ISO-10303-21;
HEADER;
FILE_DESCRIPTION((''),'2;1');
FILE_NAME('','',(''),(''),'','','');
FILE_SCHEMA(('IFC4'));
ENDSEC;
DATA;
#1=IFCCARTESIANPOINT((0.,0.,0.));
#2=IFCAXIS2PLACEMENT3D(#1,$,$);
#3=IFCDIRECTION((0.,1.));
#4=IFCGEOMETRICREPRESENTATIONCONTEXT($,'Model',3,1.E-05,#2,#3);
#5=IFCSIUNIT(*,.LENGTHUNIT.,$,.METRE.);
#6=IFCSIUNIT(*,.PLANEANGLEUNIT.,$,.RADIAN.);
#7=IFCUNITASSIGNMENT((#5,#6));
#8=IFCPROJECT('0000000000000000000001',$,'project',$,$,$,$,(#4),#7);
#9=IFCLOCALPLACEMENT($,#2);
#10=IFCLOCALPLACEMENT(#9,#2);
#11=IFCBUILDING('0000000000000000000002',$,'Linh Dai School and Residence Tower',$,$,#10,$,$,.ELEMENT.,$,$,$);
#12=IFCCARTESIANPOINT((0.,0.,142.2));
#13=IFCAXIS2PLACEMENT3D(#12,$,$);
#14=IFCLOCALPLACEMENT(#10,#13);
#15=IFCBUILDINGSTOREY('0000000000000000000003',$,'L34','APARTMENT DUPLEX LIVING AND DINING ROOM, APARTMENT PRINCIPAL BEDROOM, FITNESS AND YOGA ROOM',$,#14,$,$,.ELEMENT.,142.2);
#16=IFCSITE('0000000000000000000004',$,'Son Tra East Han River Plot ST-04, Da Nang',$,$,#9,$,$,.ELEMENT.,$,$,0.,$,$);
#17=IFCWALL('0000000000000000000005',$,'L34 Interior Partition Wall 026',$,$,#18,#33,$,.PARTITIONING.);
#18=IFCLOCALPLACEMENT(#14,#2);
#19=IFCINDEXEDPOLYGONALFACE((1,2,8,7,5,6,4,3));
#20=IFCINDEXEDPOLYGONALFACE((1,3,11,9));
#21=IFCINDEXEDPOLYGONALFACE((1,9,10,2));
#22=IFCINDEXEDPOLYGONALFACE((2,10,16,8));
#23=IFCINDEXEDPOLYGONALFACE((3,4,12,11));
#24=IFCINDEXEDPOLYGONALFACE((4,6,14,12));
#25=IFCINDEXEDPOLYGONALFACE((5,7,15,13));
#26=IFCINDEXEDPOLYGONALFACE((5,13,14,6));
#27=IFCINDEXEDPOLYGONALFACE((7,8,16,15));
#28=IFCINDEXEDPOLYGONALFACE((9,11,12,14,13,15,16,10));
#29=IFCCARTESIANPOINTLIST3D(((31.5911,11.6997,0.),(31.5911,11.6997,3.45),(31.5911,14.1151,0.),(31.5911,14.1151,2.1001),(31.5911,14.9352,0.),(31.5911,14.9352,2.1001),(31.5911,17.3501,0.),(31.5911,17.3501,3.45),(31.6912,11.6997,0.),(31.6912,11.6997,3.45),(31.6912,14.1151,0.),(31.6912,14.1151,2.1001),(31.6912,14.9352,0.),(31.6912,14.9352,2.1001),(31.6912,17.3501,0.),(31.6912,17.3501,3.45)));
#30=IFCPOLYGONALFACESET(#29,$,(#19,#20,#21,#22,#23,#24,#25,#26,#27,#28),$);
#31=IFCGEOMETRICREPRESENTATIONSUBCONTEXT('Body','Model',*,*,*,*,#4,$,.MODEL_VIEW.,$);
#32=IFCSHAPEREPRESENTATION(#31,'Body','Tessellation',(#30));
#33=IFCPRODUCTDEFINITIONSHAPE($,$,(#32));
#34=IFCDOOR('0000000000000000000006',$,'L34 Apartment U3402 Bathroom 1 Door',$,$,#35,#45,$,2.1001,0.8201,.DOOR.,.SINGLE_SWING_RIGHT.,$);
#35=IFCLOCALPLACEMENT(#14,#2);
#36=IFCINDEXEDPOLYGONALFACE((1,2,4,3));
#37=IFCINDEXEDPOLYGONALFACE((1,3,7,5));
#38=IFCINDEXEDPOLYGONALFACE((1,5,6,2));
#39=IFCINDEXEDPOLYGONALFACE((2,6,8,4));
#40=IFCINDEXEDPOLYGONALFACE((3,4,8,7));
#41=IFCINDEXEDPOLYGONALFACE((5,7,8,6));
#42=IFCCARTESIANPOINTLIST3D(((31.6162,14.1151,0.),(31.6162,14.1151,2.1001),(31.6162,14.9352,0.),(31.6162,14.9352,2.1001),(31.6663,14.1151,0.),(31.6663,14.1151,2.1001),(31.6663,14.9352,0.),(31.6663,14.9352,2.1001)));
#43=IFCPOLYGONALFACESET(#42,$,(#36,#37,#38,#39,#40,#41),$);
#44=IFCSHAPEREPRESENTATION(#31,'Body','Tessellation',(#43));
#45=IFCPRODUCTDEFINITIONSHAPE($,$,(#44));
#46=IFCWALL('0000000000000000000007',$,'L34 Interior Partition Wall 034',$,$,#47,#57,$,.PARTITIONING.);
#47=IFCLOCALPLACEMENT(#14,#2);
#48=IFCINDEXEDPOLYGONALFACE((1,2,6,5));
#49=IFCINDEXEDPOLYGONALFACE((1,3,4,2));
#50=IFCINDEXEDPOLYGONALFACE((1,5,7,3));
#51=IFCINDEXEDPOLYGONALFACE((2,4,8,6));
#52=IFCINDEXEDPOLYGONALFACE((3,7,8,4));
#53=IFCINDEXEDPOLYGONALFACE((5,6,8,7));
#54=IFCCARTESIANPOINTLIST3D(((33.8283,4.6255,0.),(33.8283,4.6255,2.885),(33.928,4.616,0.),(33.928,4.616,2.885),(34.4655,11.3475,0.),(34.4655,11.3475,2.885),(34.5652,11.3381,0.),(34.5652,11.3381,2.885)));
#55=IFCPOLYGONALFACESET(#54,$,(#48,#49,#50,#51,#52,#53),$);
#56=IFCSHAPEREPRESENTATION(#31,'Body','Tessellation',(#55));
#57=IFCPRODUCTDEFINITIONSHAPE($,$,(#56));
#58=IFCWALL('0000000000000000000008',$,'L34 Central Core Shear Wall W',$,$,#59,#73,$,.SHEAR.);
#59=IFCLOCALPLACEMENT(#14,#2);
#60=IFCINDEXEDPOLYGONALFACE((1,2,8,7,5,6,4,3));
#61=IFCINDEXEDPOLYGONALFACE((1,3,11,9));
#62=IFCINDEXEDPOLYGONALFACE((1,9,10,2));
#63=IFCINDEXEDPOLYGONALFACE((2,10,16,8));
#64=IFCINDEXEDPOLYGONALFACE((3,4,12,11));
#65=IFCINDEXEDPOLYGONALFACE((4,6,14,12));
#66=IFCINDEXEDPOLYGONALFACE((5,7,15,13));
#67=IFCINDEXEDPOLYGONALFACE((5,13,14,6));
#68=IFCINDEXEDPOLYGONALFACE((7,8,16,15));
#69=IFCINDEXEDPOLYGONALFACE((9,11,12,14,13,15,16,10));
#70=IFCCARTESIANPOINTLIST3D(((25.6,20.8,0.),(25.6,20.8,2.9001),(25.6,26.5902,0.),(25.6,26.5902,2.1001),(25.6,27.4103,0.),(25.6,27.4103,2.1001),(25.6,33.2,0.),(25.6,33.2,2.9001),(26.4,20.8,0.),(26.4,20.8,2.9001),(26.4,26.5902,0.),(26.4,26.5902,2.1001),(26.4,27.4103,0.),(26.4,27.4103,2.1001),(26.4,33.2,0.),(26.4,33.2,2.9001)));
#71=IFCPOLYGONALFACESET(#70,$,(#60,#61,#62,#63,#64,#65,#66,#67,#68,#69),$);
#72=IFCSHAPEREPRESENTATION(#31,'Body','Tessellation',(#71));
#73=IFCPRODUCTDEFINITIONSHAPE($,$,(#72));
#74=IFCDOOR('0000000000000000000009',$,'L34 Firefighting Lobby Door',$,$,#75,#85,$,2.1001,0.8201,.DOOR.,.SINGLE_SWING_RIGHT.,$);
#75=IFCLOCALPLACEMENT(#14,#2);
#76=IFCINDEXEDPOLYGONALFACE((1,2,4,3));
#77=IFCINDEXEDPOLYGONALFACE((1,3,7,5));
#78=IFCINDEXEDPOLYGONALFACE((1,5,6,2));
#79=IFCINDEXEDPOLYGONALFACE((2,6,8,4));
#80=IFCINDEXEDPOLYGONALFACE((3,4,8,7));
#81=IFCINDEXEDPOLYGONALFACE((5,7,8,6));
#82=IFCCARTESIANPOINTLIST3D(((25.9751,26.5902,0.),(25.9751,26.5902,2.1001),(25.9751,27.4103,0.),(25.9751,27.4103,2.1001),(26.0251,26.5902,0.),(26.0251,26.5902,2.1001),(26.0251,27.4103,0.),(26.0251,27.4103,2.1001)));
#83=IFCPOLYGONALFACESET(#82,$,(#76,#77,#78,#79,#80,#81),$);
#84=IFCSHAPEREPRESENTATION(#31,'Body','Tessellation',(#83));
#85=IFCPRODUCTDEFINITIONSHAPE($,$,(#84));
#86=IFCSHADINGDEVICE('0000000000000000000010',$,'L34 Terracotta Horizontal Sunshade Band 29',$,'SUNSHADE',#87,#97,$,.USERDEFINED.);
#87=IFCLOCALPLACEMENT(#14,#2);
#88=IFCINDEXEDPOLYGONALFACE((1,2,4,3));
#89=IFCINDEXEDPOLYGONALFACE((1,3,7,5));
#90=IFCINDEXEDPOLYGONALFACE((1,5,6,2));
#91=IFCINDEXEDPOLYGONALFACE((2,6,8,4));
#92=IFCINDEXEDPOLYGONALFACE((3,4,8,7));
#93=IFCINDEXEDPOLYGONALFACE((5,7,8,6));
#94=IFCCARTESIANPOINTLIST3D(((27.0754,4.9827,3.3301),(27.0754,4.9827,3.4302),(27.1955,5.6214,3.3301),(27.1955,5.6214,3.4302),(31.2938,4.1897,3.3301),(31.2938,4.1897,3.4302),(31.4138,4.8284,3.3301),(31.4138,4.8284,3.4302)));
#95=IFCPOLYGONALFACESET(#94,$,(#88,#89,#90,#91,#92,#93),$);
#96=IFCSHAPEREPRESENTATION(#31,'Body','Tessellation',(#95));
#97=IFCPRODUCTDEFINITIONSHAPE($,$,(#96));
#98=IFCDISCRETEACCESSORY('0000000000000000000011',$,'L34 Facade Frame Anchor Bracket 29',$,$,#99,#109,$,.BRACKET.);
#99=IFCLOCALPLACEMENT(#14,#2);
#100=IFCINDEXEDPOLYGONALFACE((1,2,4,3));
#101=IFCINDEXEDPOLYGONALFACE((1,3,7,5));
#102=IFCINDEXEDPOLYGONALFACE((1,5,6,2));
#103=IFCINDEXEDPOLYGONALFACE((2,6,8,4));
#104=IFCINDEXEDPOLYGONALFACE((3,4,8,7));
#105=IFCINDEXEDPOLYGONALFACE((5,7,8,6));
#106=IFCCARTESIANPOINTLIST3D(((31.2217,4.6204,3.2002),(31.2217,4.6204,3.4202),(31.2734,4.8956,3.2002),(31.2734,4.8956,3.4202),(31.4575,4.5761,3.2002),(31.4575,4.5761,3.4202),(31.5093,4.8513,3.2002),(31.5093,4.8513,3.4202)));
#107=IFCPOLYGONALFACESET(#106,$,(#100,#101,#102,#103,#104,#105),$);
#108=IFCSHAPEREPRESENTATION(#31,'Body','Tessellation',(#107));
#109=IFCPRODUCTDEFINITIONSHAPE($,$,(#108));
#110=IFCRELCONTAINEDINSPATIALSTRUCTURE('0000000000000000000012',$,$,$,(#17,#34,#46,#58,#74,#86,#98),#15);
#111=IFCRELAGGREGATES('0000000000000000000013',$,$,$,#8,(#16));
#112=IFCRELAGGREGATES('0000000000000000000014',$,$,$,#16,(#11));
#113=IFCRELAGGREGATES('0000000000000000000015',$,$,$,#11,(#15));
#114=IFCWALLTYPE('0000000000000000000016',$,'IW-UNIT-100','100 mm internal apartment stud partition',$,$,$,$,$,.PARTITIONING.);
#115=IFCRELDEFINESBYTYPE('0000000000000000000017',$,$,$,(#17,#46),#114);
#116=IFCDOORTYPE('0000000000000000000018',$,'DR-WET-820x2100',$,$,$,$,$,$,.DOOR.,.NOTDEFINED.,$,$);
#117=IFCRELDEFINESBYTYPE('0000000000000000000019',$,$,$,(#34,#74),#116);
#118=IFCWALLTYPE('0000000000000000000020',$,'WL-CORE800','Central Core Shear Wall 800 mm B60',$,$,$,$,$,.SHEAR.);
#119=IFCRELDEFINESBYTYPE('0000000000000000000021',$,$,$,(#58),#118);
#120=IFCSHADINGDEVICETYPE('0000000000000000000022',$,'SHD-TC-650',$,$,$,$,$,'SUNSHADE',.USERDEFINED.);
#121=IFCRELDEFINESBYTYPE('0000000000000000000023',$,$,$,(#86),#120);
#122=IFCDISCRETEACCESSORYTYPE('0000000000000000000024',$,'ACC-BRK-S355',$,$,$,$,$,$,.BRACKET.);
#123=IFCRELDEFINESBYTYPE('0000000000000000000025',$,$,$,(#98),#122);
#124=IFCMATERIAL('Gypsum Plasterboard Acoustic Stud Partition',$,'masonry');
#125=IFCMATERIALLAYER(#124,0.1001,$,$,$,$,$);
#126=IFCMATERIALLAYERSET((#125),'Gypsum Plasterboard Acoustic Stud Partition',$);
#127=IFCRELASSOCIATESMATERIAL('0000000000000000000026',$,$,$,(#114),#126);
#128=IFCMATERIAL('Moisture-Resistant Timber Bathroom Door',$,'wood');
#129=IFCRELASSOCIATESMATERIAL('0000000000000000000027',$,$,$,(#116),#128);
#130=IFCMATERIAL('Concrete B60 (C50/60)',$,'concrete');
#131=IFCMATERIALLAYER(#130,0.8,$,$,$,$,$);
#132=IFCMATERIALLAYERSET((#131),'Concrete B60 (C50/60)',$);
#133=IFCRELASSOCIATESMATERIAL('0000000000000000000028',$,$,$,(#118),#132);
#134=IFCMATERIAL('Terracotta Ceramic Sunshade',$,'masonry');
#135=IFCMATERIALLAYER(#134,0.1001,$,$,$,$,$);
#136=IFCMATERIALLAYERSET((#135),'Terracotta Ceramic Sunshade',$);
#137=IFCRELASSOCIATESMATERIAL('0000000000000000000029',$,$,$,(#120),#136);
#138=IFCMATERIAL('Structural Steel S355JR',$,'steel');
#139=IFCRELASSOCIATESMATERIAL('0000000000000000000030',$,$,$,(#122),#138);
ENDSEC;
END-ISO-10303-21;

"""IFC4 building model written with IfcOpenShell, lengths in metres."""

from ifc_helpers import new_model, si_unit, direction, frame, frame_2d, origin, origin_2d, place, context, subcontext, project, spatial, rectangle, extrude, source, transform, mapped, material, layer, layer_set, type_object, element, fill, save


model = new_model("IFC4")

# Units and contexts
model_context = context("Model", 3, precision=1e-05, world=origin(), true_north=direction((0.0, 1.0)))
body_context = subcontext(model_context, "Body", "Model", "MODEL_VIEW")
ifc_project = project(units=[si_unit("LENGTHUNIT", "METRE"), si_unit("PLANEANGLEUNIT", "RADIAN")], contexts=[model_context])

# Site, building, storey
site_placement = place(None, origin())
site = spatial("IfcSite", under=ifc_project, at=site_placement, Name="Son Tra East Han River Plot ST-04, Da Nang", CompositionType="ELEMENT", RefElevation=0.0)
building_placement = place(site_placement, origin())
building = spatial("IfcBuilding", under=site, at=building_placement, Name="Linh Dai School and Residence Tower", CompositionType="ELEMENT")
storey_placement = place(building_placement, frame((0.0, 0.0, 142.2)))
storey = spatial("IfcBuildingStorey", under=building, at=storey_placement, Name="L34", Description="APARTMENT DUPLEX LIVING AND DINING ROOM, APARTMENT PRINCIPAL BEDROOM, FITNESS AND YOGA ROOM", CompositionType="ELEMENT", Elevation=142.2)

# Shared definitions
ifc_material_1 = material(Name="Concrete B60 (C50/60)", Category="concrete")
ifc_material_2 = material(Name="Structural Steel S355JR", Category="steel")

# Shared definitions
ifc_material_3 = material(Name="Gypsum Plasterboard Acoustic Stud Partition", Category="masonry")
ifc_layer_1 = layer(ifc_material_3, 0.1001)
ifc_layer_set_1 = layer_set([ifc_layer_1], Name="Gypsum Plasterboard Acoustic Stud Partition")
wall_type_1 = type_object("IfcWallType", Name="IW-UNIT-100", Description="100 mm internal apartment stud partition", PredefinedType="PARTITIONING", material=ifc_layer_set_1)

# Wall, opening, door
wall_1_placement = place(storey_placement, frame((31.6411, 11.6997, 0.0), z_axis=(0.0, 0.0, 1.0), x_axis=(0.0, 1.0, 0.0)))
wall_1 = element("IfcWall", 1, at=wall_1_placement, inside=storey, type_object=wall_type_1, Name="L34 Interior Partition Wall 026", PredefinedType="PARTITIONING", context=body_context, shape_type="SweptSolid", body=[
    extrude(rectangle(XDim=5.6504, YDim=0.1001, at=frame_2d((2.8252, 0.0))), origin(), (0.0, 0.0, 1.0), 3.45),
])
opening_1_placement = place(wall_1_placement, frame((2.4153, 0.0, 0.0)))
opening_1 = element("IfcOpeningElement", 2, at=opening_1_placement, cuts=wall_1, PredefinedType="OPENING", context=body_context, shape_type="SweptSolid", body=[
    extrude(rectangle(XDim=0.8201, YDim=2.1001, at=origin_2d()), frame((0.4102, 0.0601, 1.05), z_axis=(0.0, -1.0, 0.0), x_axis=(1.0, 0.0, 0.0)), (0.0, 0.0, 1.0), 0.1201),
])
ifc_material_4 = material(Name="Moisture-Resistant Timber Bathroom Door", Category="wood")
door_type_1 = type_object("IfcDoorType", Name="DR-WET-820x2100", OperationType="NOTDEFINED", PredefinedType="DOOR", material=ifc_material_4)
shared_shape_1 = source(origin(), body_context, "Body", "SweptSolid", [
    extrude(rectangle(XDim=0.8201, YDim=2.1001, at=origin_2d()), frame((0.4102, 0.0249, 1.05), z_axis=(0.0, -1.0, 0.0), x_axis=(1.0, 0.0, 0.0)), (0.0, 0.0, 1.0), 0.05),
])
door_1_placement = place(opening_1_placement, origin())
door_1 = element("IfcDoor", 3, at=door_1_placement, inside=storey, type_object=door_type_1, Name="L34 Apartment U3402 Bathroom 1 Door", OperationType="SINGLE_SWING_RIGHT", OverallHeight=2.1001, OverallWidth=0.8201, PredefinedType="DOOR", context=body_context, shape_type="MappedRepresentation", body=[
    mapped(shared_shape_1, transform((0.0, 0.0, 0.0), x_axis=(1.0, 0.0, 0.0), y_axis=(0.0, 1.0, 0.0), z_axis=(0.0, 0.0, 1.0), scale=1.0)),
])
fill(opening_1, door_1)

# Wall
wall_2_placement = place(storey_placement, frame((33.8782, 4.6208, 0.0), z_axis=(0.0, 0.0, 1.0), x_axis=(0.094369, 0.995537, 0.0)))
element("IfcWall", 4, at=wall_2_placement, inside=storey, type_object=wall_type_1, Name="L34 Interior Partition Wall 034", PredefinedType="PARTITIONING", context=body_context, shape_type="SweptSolid", body=[
    extrude(rectangle(XDim=6.7522, YDim=0.1001, at=frame_2d((3.376, 0.0))), origin(), (0.0, 0.0, 1.0), 2.885),
])

# Wall, opening, door
ifc_layer_2 = layer(ifc_material_1, 0.8)
ifc_layer_set_2 = layer_set([ifc_layer_2], Name="Concrete B60 (C50/60)")
wall_type_2 = type_object("IfcWallType", Name="WL-CORE800", Description="Central Core Shear Wall 800 mm B60", PredefinedType="SHEAR", material=ifc_layer_set_2)
wall_3_placement = place(storey_placement, frame((26.0, 20.8, 0.0), z_axis=(0.0, 0.0, 1.0), x_axis=(0.0, 1.0, 0.0)))
wall_3 = element("IfcWall", 5, at=wall_3_placement, inside=storey, type_object=wall_type_2, Name="L34 Central Core Shear Wall W", PredefinedType="SHEAR", context=body_context, shape_type="SweptSolid", body=[
    extrude(rectangle(XDim=12.3999, YDim=0.8, at=frame_2d((6.2, 0.0))), origin(), (0.0, 0.0, 1.0), 2.9001),
])
opening_2_placement = place(wall_3_placement, frame((5.79, 0.0, 0.0)))
opening_2 = element("IfcOpeningElement", 6, at=opening_2_placement, cuts=wall_3, PredefinedType="OPENING", context=body_context, shape_type="SweptSolid", body=[
    extrude(rectangle(XDim=0.8201, YDim=2.1001, at=origin_2d()), frame((0.4102, 0.4102, 1.05), z_axis=(0.0, -1.0, 0.0), x_axis=(1.0, 0.0, 0.0)), (0.0, 0.0, 1.0), 0.8201),
])
door_2_placement = place(opening_2_placement, origin())
door_2 = element("IfcDoor", 7, at=door_2_placement, inside=storey, type_object=door_type_1, Name="L34 Firefighting Lobby Door", OperationType="SINGLE_SWING_RIGHT", OverallHeight=2.1001, OverallWidth=0.8201, PredefinedType="DOOR", context=body_context, shape_type="MappedRepresentation", body=[
    mapped(shared_shape_1, transform((0.0, 0.0, 0.0), x_axis=(1.0, 0.0, 0.0), y_axis=(0.0, 1.0, 0.0), z_axis=(0.0, 0.0, 1.0), scale=1.0)),
])
fill(opening_2, door_2)

# Shading device
ifc_material_5 = material(Name="Terracotta Ceramic Sunshade", Category="masonry")
ifc_layer_3 = layer(ifc_material_5, 0.1001)
ifc_layer_set_3 = layer_set([ifc_layer_3], Name="Terracotta Ceramic Sunshade")
shading_device_type = type_object("IfcShadingDeviceType", Name="SHD-TC-650", ElementType="SUNSHADE", PredefinedType="USERDEFINED", material=ifc_layer_set_3)
shared_shape_2 = source(origin(), body_context, "Body", "SweptSolid", [
    extrude(rectangle(XDim=4.2922, YDim=0.6499, at=origin_2d()), origin(), (0.0, 0.0, 1.0), 0.1001),
])
shading_device_placement = place(storey_placement, frame((29.2446, 4.9055, 3.3301), z_axis=(0.0, 0.0, 1.0), x_axis=(-0.982785, 0.184755, 0.0)))
element("IfcShadingDevice", 8, at=shading_device_placement, inside=storey, type_object=shading_device_type, Name="L34 Terracotta Horizontal Sunshade Band 29", ObjectType="SUNSHADE", PredefinedType="USERDEFINED", context=body_context, shape_type="MappedRepresentation", body=[
    mapped(shared_shape_2, transform((0.0, 0.0, 0.0), x_axis=(1.0, 0.0, 0.0), y_axis=(0.0, 1.0, 0.0), z_axis=(0.0, 0.0, 1.0), scale=1.0)),
])

# Discrete accessory
discrete_accessory_type = type_object("IfcDiscreteAccessoryType", Name="ACC-BRK-S355", PredefinedType="BRACKET", material=ifc_material_2)
shared_shape_3 = source(origin(), body_context, "Body", "SweptSolid", [
    extrude(rectangle(XDim=0.28, YDim=0.24, at=origin_2d()), origin(), (0.0, 0.0, 1.0), 0.22),
])
discrete_accessory_placement = place(storey_placement, frame((31.3655, 4.7358, 3.2002), z_axis=(0.0, 0.0, 1.0), x_axis=(-0.184755, -0.982785, 0.0)))
element("IfcDiscreteAccessory", 9, at=discrete_accessory_placement, inside=storey, type_object=discrete_accessory_type, Name="L34 Facade Frame Anchor Bracket 29", PredefinedType="BRACKET", context=body_context, shape_type="MappedRepresentation", body=[
    mapped(shared_shape_3, transform((0.0, 0.0, 0.0), x_axis=(1.0, 0.0, 0.0), y_axis=(0.0, 1.0, 0.0), z_axis=(0.0, 0.0, 1.0), scale=1.0)),
])

save(model, "model.ifc")
